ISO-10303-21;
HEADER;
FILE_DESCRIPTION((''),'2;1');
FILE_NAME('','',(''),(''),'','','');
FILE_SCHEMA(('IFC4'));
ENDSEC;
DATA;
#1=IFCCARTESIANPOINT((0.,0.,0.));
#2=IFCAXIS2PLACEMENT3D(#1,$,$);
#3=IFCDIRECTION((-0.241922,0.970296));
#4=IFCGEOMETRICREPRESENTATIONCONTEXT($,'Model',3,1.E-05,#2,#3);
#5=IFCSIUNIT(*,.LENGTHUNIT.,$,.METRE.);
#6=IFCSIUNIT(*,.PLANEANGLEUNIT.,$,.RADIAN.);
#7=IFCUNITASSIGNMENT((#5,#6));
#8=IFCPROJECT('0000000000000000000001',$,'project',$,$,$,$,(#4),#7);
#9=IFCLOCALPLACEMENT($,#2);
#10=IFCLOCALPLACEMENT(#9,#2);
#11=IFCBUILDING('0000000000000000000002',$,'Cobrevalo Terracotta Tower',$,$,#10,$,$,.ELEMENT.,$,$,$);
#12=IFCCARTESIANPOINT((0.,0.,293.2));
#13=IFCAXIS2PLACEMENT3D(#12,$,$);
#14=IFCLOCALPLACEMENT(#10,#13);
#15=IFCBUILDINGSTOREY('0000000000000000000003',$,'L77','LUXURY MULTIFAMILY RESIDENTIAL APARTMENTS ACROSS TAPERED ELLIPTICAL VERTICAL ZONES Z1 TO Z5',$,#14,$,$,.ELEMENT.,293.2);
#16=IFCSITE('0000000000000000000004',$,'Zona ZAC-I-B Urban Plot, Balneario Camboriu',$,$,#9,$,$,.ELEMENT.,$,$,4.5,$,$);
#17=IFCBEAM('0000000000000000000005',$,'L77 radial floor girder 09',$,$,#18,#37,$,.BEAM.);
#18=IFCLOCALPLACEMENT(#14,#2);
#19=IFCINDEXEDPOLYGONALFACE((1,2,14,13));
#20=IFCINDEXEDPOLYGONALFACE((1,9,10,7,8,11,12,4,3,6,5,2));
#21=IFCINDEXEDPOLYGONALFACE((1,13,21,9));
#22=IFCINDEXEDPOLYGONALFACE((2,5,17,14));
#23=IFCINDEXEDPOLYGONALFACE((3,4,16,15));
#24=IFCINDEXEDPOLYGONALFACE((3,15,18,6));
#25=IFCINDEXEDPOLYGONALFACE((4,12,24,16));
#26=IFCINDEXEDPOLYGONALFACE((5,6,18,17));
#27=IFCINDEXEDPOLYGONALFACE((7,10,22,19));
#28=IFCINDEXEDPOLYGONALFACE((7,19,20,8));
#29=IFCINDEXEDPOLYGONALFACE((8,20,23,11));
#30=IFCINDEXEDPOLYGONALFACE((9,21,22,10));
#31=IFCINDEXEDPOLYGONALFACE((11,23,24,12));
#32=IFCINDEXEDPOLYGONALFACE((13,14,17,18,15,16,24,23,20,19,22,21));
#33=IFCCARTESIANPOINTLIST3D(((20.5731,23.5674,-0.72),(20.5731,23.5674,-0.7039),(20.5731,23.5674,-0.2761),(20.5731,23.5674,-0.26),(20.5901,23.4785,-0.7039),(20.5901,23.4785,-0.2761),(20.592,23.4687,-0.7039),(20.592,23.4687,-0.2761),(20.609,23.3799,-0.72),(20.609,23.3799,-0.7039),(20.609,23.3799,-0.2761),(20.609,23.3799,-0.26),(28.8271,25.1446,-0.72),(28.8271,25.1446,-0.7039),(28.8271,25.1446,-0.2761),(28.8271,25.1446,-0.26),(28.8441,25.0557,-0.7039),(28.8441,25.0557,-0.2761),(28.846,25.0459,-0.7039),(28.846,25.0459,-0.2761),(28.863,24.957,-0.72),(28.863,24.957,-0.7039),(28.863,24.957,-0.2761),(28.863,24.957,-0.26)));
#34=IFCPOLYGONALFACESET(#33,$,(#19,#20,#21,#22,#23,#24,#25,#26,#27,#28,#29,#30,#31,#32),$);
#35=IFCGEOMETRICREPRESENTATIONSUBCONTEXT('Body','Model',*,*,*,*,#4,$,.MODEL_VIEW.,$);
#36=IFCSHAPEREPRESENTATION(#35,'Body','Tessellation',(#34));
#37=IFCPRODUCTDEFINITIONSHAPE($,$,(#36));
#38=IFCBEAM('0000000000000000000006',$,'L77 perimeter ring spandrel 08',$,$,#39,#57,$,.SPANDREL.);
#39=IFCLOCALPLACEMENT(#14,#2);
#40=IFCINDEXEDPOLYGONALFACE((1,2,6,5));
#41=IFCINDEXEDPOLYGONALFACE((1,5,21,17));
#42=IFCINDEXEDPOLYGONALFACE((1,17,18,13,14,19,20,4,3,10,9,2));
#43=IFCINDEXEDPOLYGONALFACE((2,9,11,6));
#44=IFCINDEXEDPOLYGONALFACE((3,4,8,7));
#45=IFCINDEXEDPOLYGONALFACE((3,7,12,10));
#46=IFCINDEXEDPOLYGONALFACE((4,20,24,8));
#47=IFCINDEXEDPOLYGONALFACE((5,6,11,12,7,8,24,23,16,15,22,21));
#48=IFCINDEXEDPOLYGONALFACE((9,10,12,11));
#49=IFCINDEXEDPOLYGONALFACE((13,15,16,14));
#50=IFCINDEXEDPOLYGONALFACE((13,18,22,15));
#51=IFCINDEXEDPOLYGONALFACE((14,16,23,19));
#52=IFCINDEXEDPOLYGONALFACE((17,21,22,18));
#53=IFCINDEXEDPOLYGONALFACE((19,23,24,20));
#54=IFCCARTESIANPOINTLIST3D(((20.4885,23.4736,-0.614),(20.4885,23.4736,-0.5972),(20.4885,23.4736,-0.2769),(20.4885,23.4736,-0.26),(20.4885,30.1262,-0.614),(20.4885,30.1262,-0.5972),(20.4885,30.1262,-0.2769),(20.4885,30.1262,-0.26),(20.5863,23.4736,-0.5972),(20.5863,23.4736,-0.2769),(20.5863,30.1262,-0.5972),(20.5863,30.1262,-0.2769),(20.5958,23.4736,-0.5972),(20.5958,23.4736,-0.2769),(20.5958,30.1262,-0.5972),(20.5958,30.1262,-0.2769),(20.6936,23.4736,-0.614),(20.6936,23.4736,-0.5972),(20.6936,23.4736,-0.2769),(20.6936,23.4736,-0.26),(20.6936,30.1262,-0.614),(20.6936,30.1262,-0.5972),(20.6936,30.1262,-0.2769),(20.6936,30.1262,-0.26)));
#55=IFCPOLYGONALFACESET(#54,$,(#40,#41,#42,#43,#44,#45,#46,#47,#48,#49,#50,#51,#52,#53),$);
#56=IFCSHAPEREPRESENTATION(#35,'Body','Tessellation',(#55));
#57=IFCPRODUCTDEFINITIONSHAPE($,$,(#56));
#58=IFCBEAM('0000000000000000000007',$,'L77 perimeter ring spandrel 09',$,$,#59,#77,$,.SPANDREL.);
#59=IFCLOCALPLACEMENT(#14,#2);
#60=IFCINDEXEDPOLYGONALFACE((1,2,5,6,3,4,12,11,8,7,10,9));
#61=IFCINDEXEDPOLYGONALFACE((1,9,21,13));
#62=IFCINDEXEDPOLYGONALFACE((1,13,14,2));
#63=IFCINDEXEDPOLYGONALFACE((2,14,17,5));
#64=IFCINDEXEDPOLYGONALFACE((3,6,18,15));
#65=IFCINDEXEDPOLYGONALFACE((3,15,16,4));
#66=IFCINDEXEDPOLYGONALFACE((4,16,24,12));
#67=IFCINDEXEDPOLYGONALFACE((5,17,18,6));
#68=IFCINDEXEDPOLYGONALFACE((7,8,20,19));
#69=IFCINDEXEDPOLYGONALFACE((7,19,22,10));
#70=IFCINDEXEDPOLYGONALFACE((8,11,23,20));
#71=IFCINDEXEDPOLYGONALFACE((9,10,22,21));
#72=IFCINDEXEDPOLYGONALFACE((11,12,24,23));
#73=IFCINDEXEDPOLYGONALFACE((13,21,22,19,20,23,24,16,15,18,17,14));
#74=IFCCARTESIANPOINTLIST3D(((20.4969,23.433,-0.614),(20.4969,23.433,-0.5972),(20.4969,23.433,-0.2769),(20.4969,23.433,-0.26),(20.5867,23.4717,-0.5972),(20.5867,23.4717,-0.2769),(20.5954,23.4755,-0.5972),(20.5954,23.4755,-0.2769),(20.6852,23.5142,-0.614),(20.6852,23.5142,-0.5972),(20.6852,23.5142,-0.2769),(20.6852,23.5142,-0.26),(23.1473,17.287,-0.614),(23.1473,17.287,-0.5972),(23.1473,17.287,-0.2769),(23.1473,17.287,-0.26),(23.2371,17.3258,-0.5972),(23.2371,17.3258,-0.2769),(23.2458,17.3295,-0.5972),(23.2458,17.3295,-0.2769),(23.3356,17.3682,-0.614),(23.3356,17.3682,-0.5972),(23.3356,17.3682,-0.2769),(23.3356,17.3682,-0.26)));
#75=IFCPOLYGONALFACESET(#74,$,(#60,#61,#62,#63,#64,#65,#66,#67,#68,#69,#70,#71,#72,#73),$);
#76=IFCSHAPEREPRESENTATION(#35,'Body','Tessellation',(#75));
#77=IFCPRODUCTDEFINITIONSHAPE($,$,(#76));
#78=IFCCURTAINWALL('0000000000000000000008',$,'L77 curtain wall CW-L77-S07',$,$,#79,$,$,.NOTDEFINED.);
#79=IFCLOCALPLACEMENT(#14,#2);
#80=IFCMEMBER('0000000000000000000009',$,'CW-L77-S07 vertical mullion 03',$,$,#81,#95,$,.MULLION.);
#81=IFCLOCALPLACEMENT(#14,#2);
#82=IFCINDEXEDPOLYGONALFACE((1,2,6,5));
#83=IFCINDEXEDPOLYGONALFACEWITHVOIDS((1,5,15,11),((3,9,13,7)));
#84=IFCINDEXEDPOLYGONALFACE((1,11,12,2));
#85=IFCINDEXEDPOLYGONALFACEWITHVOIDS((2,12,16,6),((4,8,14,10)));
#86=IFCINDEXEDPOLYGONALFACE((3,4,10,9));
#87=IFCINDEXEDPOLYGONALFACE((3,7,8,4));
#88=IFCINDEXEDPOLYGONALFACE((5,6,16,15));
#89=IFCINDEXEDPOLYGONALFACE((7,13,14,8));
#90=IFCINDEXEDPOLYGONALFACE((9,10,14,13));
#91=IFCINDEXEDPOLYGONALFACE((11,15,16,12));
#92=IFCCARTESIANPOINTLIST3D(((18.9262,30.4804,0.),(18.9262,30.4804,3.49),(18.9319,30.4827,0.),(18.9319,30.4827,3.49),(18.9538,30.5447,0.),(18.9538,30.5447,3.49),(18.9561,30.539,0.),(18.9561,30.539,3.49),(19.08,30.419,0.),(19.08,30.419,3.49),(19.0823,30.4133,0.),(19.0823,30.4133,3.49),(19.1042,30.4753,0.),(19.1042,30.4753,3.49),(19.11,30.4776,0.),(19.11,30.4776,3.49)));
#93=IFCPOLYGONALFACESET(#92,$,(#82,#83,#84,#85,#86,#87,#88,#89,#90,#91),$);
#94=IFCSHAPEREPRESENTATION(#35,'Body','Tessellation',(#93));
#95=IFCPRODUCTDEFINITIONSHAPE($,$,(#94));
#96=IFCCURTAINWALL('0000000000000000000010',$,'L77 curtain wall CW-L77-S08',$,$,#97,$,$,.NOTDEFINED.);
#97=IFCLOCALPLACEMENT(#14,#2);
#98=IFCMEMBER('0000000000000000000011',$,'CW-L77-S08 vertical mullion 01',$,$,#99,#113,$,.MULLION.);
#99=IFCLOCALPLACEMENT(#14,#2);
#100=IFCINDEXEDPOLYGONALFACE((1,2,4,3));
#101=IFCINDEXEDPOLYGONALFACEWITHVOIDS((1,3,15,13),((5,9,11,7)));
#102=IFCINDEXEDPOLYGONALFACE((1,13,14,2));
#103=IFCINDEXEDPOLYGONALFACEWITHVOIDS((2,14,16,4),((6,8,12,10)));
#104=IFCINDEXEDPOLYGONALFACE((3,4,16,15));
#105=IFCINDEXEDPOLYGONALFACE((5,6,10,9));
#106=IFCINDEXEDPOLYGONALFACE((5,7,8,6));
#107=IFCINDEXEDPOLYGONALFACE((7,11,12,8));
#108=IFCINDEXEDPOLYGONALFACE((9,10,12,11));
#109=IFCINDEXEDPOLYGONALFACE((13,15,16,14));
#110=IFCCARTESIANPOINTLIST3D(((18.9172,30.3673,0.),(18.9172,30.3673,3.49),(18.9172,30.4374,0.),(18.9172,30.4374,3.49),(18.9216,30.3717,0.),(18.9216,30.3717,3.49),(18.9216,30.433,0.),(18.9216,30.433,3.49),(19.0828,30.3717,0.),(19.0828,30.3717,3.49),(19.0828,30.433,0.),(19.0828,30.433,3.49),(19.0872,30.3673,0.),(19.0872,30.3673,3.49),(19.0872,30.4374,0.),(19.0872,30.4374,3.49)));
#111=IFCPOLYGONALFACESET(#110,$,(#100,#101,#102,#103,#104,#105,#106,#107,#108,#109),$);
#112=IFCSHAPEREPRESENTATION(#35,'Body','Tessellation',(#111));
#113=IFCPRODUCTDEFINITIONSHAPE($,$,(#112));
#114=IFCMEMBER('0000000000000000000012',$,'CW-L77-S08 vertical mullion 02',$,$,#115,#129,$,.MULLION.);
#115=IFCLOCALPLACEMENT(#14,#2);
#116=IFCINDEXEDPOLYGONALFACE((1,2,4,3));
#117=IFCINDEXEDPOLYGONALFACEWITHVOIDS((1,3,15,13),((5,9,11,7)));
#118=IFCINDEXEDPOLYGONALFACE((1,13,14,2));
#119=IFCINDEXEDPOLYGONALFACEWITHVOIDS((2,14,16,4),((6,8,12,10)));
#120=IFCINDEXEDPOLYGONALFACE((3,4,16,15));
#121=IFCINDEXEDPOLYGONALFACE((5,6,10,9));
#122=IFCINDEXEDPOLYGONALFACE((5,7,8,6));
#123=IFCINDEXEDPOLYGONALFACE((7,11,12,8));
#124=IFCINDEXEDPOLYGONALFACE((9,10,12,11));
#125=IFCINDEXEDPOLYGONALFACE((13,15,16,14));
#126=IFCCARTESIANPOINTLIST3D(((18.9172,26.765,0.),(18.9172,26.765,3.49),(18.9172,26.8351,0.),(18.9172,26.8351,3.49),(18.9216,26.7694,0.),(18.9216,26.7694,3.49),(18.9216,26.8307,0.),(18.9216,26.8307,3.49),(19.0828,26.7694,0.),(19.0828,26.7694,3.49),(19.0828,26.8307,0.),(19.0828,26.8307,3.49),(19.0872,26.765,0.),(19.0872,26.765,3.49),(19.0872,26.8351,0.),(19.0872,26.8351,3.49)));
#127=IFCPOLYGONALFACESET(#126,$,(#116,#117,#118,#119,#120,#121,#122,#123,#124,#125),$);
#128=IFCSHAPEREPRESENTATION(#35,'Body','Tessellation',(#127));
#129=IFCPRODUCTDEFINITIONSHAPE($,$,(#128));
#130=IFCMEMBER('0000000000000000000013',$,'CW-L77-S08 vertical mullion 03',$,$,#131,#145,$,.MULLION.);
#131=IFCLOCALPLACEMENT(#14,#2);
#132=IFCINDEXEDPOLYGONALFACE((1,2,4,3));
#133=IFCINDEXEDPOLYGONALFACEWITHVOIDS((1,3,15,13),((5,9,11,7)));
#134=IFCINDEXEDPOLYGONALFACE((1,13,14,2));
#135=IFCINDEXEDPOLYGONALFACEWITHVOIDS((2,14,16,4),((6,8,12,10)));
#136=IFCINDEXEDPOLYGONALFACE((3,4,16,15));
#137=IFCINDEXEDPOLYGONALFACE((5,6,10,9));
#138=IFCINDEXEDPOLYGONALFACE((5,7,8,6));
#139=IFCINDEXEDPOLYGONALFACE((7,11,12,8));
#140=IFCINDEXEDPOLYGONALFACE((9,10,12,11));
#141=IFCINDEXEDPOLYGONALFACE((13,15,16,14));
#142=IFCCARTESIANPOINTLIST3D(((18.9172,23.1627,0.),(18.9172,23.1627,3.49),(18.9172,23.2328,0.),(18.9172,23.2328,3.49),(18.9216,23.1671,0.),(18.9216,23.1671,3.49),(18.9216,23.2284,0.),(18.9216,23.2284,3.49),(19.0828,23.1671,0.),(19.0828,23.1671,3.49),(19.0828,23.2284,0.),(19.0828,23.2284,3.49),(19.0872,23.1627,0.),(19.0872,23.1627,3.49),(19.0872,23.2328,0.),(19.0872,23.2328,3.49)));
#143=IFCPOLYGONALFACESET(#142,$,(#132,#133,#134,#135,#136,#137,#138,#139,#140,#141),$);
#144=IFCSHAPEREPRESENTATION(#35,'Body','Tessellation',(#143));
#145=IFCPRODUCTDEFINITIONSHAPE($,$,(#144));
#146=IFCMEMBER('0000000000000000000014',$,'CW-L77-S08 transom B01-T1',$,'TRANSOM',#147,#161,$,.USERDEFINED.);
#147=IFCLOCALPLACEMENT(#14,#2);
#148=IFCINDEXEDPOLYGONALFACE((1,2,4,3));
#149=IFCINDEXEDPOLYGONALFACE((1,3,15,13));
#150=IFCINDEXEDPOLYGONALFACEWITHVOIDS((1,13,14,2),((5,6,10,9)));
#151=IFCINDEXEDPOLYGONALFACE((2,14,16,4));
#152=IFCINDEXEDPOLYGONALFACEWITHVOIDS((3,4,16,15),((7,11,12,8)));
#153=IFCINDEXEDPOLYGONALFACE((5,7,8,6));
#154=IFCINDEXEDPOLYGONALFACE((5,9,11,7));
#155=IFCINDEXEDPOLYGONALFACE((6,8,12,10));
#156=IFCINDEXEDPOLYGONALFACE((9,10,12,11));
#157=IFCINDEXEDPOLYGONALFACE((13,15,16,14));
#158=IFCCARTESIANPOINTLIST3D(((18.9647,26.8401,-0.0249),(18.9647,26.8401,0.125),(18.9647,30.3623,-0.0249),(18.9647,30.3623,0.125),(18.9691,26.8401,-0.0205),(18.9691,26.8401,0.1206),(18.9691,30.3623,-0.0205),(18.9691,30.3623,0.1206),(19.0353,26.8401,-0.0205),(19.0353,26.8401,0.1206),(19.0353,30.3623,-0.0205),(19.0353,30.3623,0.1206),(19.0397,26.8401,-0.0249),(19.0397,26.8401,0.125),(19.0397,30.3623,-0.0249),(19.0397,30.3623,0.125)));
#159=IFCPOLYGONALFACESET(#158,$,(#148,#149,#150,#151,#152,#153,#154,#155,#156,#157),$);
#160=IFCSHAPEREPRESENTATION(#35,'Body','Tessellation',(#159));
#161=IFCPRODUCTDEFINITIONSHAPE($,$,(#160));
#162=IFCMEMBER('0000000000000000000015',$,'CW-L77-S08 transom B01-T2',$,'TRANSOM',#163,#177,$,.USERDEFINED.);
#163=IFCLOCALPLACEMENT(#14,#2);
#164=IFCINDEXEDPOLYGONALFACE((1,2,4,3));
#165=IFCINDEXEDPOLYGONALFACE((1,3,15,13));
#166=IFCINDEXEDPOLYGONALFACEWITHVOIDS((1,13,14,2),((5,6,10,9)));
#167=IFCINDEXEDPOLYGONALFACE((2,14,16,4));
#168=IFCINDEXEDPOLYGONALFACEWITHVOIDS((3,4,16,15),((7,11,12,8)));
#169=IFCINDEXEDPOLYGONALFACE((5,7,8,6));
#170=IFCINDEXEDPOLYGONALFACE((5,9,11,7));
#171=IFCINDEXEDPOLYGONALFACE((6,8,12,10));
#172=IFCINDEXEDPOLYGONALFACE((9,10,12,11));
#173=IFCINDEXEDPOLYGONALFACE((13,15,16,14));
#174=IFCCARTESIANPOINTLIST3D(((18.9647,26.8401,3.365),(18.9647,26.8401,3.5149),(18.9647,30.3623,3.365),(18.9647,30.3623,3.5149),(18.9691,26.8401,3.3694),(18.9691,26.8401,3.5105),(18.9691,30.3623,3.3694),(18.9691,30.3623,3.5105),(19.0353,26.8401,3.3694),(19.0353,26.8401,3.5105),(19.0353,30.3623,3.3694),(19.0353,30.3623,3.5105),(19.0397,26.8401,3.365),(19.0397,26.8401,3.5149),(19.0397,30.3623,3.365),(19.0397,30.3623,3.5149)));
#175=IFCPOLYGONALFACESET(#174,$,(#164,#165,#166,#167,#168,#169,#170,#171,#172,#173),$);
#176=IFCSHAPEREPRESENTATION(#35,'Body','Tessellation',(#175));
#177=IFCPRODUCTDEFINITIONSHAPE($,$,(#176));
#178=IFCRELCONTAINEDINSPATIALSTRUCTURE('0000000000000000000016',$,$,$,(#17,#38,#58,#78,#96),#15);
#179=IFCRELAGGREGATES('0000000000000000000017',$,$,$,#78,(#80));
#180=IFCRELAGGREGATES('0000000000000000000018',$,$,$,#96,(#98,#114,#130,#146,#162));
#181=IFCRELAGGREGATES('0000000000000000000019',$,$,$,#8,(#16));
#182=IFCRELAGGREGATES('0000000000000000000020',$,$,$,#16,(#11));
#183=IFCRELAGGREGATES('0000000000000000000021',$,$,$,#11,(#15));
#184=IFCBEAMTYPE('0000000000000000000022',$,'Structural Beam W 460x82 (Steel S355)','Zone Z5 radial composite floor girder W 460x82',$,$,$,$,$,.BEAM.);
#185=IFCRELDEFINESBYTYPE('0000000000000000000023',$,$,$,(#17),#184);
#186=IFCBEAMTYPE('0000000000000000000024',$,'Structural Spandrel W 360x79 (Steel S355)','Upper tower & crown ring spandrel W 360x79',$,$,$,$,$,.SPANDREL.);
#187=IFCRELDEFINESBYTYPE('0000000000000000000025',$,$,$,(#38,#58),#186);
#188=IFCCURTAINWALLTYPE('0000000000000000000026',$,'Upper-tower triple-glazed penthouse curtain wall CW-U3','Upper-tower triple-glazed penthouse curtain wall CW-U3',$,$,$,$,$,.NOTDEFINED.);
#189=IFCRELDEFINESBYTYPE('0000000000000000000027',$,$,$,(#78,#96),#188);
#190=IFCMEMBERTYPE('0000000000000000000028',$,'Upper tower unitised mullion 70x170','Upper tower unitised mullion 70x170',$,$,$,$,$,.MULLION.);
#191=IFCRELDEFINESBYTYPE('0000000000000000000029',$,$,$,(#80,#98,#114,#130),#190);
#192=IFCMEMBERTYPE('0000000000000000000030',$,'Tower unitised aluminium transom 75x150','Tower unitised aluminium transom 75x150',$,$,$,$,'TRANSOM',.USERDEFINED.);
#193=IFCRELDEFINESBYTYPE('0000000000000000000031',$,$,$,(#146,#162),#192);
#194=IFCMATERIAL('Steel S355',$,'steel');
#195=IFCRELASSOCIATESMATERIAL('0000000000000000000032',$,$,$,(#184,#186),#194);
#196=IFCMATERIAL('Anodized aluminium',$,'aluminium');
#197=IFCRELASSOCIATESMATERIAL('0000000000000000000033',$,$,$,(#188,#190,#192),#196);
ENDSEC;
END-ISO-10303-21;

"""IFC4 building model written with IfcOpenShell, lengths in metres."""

from ifc_helpers import new_model, si_unit, direction, frame, origin, origin_2d, place, context, subcontext, project, spatial, hollow_rectangle, i_section, extrude, source, transform, mapped, material, material_profile, profile_set, type_object, element, aggregate, save


model = new_model("IFC4")

# Units and contexts
model_context = context("Model", 3, precision=1e-05, world=origin(), true_north=direction((-0.241922, 0.970296)))
body_context = subcontext(model_context, "Body", "Model", "MODEL_VIEW")
ifc_project = project(units=[si_unit("LENGTHUNIT", "METRE"), si_unit("PLANEANGLEUNIT", "RADIAN")], contexts=[model_context])

# Site, building, storey
site_placement = place(None, origin())
site = spatial("IfcSite", under=ifc_project, at=site_placement, Name="Zona ZAC-I-B Urban Plot, Balneario Camboriu", CompositionType="ELEMENT", RefElevation=4.5)
building_placement = place(site_placement, origin())
building = spatial("IfcBuilding", under=site, at=building_placement, Name="Cobrevalo Terracotta Tower", CompositionType="ELEMENT")
storey_placement = place(building_placement, frame((0.0, 0.0, 293.2)))
storey = spatial("IfcBuildingStorey", under=building, at=storey_placement, Name="L77", Description="LUXURY MULTIFAMILY RESIDENTIAL APARTMENTS ACROSS TAPERED ELLIPTICAL VERTICAL ZONES Z1 TO Z5", CompositionType="ELEMENT", Elevation=293.2)

# Shared definitions
ifc_material_1 = material(Name="Steel S355", Category="steel")

# Beams
ifc_material_profile_1 = material_profile(ifc_material_1, i_section(OverallWidth=0.1909, OverallDepth=0.46, WebThickness=0.01, FlangeThickness=0.0161, at=origin_2d()), Name="W 460x82")
ifc_profile_set_1 = profile_set([ifc_material_profile_1], Name="Steel S355")
beam_type_1 = type_object("IfcBeamType", Name="Structural Beam W 460x82 (Steel S355)", Description="Zone Z5 radial composite floor girder W 460x82", PredefinedType="BEAM", material=ifc_profile_set_1)
beam_1_placement = place(storey_placement, frame((20.5911, 23.4736, -0.49), z_axis=(0.98223, 0.187683, 0.0), x_axis=(-0.187683, 0.98223, 0.0)))
element("IfcBeam", 1, at=beam_1_placement, inside=storey, type_object=beam_type_1, Name="L77 radial floor girder 09", PredefinedType="BEAM", context=body_context, shape_type="SweptSolid", body=[
    extrude(i_section(OverallWidth=0.1909, OverallDepth=0.46, WebThickness=0.01, FlangeThickness=0.0161, at=origin_2d()), origin(), (0.0, 0.0, 1.0), 8.4033),
])
ifc_material_profile_2 = material_profile(ifc_material_1, i_section(OverallWidth=0.2051, OverallDepth=0.354, WebThickness=0.0095, FlangeThickness=0.0168, at=origin_2d()), Name="W 360x79")
ifc_profile_set_2 = profile_set([ifc_material_profile_2], Name="Steel S355")
beam_type_2 = type_object("IfcBeamType", Name="Structural Spandrel W 360x79 (Steel S355)", Description="Upper tower & crown ring spandrel W 360x79", PredefinedType="SPANDREL", material=ifc_profile_set_2)
beam_2_placement = place(storey_placement, frame((20.5911, 30.1262, -0.437), z_axis=(0.0, -1.0, 0.0), x_axis=(1.0, 0.0, 0.0)))
element("IfcBeam", 2, at=beam_2_placement, inside=storey, type_object=beam_type_2, Name="L77 perimeter ring spandrel 08", PredefinedType="SPANDREL", context=body_context, shape_type="SweptSolid", body=[
    extrude(i_section(OverallWidth=0.2051, OverallDepth=0.354, WebThickness=0.0095, FlangeThickness=0.0168, at=origin_2d()), origin(), (0.0, 0.0, 1.0), 6.6526),
])
beam_3_placement = place(storey_placement, frame((20.5911, 23.4736, -0.437), z_axis=(0.395987, -0.918256, 0.0), x_axis=(0.918256, 0.395987, 0.0)))
element("IfcBeam", 3, at=beam_3_placement, inside=storey, type_object=beam_type_2, Name="L77 perimeter ring spandrel 09", PredefinedType="SPANDREL", context=body_context, shape_type="SweptSolid", body=[
    extrude(i_section(OverallWidth=0.2051, OverallDepth=0.354, WebThickness=0.0095, FlangeThickness=0.0168, at=origin_2d()), origin(), (0.0, 0.0, 1.0), 6.6931),
])

# Curtain wall, member
ifc_material_2 = material(Name="Anodized aluminium", Category="aluminium")
curtain_wall_type = type_object("IfcCurtainWallType", Name="Upper-tower triple-glazed penthouse curtain wall CW-U3", Description="Upper-tower triple-glazed penthouse curtain wall CW-U3", PredefinedType="NOTDEFINED", material=ifc_material_2)
curtain_wall_1_placement = place(storey_placement, origin())
curtain_wall_1 = element("IfcCurtainWall", 4, at=curtain_wall_1_placement, inside=storey, type_object=curtain_wall_type, Name="L77 curtain wall CW-L77-S07", PredefinedType="NOTDEFINED")
ifc_material_profile_3 = material_profile(ifc_material_2, hollow_rectangle(XDim=0.0701, YDim=0.1699, WallThickness=0.0044, at=origin_2d()), Name="CWM 70x170")
ifc_profile_set_3 = profile_set([ifc_material_profile_3], Name="Anodized aluminium")
member_type_1 = type_object("IfcMemberType", Name="Upper tower unitised mullion 70x170", Description="Upper tower unitised mullion 70x170", PredefinedType="MULLION", material=ifc_profile_set_3)
shared_shape_1 = source(origin(), body_context, "Body", "SweptSolid", [
    extrude(hollow_rectangle(XDim=0.0701, YDim=0.1699, WallThickness=0.0044, at=origin_2d()), origin(), (0.0, 0.0, 1.0), 3.49),
])
member_1_placement = place(storey_placement, frame((19.0181, 30.479, 0.0), z_axis=(0.0, 0.0, 1.0), x_axis=(-0.394824, -0.918757, 0.0)))
member_1 = element("IfcMember", 5, at=member_1_placement, type_object=member_type_1, Name="CW-L77-S07 vertical mullion 03", PredefinedType="MULLION", context=body_context, shape_type="MappedRepresentation", body=[
    mapped(shared_shape_1, transform((0.0, 0.0, 0.0), scale=1.0)),
])
aggregate(curtain_wall_1, [member_1])

# Curtain wall, members
curtain_wall_2_placement = place(storey_placement, origin())
curtain_wall_2 = element("IfcCurtainWall", 6, at=curtain_wall_2_placement, inside=storey, type_object=curtain_wall_type, Name="L77 curtain wall CW-L77-S08", PredefinedType="NOTDEFINED")
member_2_placement = place(storey_placement, frame((19.0022, 30.4023, 0.0), z_axis=(0.0, 0.0, 1.0), x_axis=(0.0, -1.0, 0.0)))
member_2 = element("IfcMember", 7, at=member_2_placement, type_object=member_type_1, Name="CW-L77-S08 vertical mullion 01", PredefinedType="MULLION", context=body_context, shape_type="MappedRepresentation", body=[
    mapped(shared_shape_1, transform((0.0, 0.0, 0.0), scale=1.0)),
])
member_3_placement = place(storey_placement, frame((19.0022, 26.8, 0.0), z_axis=(0.0, 0.0, 1.0), x_axis=(0.0, -1.0, 0.0)))
member_3 = element("IfcMember", 8, at=member_3_placement, type_object=member_type_1, Name="CW-L77-S08 vertical mullion 02", PredefinedType="MULLION", context=body_context, shape_type="MappedRepresentation", body=[
    mapped(shared_shape_1, transform((0.0, 0.0, 0.0), scale=1.0)),
])
member_4_placement = place(storey_placement, frame((19.0022, 23.1978, 0.0), z_axis=(0.0, 0.0, 1.0), x_axis=(0.0, -1.0, 0.0)))
member_4 = element("IfcMember", 9, at=member_4_placement, type_object=member_type_1, Name="CW-L77-S08 vertical mullion 03", PredefinedType="MULLION", context=body_context, shape_type="MappedRepresentation", body=[
    mapped(shared_shape_1, transform((0.0, 0.0, 0.0), scale=1.0)),
])
ifc_material_profile_4 = material_profile(ifc_material_2, hollow_rectangle(XDim=0.075, YDim=0.1499, WallThickness=0.0044, at=origin_2d()), Name="CWT 75x150")
ifc_profile_set_4 = profile_set([ifc_material_profile_4], Name="Anodized aluminium")
member_type_2 = type_object("IfcMemberType", Name="Tower unitised aluminium transom 75x150", Description="Tower unitised aluminium transom 75x150", ElementType="TRANSOM", PredefinedType="USERDEFINED", material=ifc_profile_set_4)
shared_shape_2 = source(origin(), body_context, "Body", "SweptSolid", [
    extrude(hollow_rectangle(XDim=0.075, YDim=0.1499, WallThickness=0.0044, at=origin_2d()), origin(), (0.0, 0.0, 1.0), 3.5222),
])
member_5_placement = place(storey_placement, frame((19.0022, 30.3623, 0.05), z_axis=(0.0, -1.0, 0.0), x_axis=(1.0, 0.0, 0.0)))
member_5 = element("IfcMember", 10, at=member_5_placement, type_object=member_type_2, Name="CW-L77-S08 transom B01-T1", ObjectType="TRANSOM", PredefinedType="USERDEFINED", context=body_context, shape_type="MappedRepresentation", body=[
    mapped(shared_shape_2, transform((0.0, 0.0, 0.0), scale=1.0)),
])
member_6_placement = place(storey_placement, frame((19.0022, 30.3623, 3.4399), z_axis=(0.0, -1.0, 0.0), x_axis=(1.0, 0.0, 0.0)))
member_6 = element("IfcMember", 11, at=member_6_placement, type_object=member_type_2, Name="CW-L77-S08 transom B01-T2", ObjectType="TRANSOM", PredefinedType="USERDEFINED", context=body_context, shape_type="MappedRepresentation", body=[
    mapped(shared_shape_2, transform((0.0, 0.0, 0.0), scale=1.0)),
])
aggregate(curtain_wall_2, [member_2, member_3, member_4, member_5, member_6])

save(model, "model.ifc")
